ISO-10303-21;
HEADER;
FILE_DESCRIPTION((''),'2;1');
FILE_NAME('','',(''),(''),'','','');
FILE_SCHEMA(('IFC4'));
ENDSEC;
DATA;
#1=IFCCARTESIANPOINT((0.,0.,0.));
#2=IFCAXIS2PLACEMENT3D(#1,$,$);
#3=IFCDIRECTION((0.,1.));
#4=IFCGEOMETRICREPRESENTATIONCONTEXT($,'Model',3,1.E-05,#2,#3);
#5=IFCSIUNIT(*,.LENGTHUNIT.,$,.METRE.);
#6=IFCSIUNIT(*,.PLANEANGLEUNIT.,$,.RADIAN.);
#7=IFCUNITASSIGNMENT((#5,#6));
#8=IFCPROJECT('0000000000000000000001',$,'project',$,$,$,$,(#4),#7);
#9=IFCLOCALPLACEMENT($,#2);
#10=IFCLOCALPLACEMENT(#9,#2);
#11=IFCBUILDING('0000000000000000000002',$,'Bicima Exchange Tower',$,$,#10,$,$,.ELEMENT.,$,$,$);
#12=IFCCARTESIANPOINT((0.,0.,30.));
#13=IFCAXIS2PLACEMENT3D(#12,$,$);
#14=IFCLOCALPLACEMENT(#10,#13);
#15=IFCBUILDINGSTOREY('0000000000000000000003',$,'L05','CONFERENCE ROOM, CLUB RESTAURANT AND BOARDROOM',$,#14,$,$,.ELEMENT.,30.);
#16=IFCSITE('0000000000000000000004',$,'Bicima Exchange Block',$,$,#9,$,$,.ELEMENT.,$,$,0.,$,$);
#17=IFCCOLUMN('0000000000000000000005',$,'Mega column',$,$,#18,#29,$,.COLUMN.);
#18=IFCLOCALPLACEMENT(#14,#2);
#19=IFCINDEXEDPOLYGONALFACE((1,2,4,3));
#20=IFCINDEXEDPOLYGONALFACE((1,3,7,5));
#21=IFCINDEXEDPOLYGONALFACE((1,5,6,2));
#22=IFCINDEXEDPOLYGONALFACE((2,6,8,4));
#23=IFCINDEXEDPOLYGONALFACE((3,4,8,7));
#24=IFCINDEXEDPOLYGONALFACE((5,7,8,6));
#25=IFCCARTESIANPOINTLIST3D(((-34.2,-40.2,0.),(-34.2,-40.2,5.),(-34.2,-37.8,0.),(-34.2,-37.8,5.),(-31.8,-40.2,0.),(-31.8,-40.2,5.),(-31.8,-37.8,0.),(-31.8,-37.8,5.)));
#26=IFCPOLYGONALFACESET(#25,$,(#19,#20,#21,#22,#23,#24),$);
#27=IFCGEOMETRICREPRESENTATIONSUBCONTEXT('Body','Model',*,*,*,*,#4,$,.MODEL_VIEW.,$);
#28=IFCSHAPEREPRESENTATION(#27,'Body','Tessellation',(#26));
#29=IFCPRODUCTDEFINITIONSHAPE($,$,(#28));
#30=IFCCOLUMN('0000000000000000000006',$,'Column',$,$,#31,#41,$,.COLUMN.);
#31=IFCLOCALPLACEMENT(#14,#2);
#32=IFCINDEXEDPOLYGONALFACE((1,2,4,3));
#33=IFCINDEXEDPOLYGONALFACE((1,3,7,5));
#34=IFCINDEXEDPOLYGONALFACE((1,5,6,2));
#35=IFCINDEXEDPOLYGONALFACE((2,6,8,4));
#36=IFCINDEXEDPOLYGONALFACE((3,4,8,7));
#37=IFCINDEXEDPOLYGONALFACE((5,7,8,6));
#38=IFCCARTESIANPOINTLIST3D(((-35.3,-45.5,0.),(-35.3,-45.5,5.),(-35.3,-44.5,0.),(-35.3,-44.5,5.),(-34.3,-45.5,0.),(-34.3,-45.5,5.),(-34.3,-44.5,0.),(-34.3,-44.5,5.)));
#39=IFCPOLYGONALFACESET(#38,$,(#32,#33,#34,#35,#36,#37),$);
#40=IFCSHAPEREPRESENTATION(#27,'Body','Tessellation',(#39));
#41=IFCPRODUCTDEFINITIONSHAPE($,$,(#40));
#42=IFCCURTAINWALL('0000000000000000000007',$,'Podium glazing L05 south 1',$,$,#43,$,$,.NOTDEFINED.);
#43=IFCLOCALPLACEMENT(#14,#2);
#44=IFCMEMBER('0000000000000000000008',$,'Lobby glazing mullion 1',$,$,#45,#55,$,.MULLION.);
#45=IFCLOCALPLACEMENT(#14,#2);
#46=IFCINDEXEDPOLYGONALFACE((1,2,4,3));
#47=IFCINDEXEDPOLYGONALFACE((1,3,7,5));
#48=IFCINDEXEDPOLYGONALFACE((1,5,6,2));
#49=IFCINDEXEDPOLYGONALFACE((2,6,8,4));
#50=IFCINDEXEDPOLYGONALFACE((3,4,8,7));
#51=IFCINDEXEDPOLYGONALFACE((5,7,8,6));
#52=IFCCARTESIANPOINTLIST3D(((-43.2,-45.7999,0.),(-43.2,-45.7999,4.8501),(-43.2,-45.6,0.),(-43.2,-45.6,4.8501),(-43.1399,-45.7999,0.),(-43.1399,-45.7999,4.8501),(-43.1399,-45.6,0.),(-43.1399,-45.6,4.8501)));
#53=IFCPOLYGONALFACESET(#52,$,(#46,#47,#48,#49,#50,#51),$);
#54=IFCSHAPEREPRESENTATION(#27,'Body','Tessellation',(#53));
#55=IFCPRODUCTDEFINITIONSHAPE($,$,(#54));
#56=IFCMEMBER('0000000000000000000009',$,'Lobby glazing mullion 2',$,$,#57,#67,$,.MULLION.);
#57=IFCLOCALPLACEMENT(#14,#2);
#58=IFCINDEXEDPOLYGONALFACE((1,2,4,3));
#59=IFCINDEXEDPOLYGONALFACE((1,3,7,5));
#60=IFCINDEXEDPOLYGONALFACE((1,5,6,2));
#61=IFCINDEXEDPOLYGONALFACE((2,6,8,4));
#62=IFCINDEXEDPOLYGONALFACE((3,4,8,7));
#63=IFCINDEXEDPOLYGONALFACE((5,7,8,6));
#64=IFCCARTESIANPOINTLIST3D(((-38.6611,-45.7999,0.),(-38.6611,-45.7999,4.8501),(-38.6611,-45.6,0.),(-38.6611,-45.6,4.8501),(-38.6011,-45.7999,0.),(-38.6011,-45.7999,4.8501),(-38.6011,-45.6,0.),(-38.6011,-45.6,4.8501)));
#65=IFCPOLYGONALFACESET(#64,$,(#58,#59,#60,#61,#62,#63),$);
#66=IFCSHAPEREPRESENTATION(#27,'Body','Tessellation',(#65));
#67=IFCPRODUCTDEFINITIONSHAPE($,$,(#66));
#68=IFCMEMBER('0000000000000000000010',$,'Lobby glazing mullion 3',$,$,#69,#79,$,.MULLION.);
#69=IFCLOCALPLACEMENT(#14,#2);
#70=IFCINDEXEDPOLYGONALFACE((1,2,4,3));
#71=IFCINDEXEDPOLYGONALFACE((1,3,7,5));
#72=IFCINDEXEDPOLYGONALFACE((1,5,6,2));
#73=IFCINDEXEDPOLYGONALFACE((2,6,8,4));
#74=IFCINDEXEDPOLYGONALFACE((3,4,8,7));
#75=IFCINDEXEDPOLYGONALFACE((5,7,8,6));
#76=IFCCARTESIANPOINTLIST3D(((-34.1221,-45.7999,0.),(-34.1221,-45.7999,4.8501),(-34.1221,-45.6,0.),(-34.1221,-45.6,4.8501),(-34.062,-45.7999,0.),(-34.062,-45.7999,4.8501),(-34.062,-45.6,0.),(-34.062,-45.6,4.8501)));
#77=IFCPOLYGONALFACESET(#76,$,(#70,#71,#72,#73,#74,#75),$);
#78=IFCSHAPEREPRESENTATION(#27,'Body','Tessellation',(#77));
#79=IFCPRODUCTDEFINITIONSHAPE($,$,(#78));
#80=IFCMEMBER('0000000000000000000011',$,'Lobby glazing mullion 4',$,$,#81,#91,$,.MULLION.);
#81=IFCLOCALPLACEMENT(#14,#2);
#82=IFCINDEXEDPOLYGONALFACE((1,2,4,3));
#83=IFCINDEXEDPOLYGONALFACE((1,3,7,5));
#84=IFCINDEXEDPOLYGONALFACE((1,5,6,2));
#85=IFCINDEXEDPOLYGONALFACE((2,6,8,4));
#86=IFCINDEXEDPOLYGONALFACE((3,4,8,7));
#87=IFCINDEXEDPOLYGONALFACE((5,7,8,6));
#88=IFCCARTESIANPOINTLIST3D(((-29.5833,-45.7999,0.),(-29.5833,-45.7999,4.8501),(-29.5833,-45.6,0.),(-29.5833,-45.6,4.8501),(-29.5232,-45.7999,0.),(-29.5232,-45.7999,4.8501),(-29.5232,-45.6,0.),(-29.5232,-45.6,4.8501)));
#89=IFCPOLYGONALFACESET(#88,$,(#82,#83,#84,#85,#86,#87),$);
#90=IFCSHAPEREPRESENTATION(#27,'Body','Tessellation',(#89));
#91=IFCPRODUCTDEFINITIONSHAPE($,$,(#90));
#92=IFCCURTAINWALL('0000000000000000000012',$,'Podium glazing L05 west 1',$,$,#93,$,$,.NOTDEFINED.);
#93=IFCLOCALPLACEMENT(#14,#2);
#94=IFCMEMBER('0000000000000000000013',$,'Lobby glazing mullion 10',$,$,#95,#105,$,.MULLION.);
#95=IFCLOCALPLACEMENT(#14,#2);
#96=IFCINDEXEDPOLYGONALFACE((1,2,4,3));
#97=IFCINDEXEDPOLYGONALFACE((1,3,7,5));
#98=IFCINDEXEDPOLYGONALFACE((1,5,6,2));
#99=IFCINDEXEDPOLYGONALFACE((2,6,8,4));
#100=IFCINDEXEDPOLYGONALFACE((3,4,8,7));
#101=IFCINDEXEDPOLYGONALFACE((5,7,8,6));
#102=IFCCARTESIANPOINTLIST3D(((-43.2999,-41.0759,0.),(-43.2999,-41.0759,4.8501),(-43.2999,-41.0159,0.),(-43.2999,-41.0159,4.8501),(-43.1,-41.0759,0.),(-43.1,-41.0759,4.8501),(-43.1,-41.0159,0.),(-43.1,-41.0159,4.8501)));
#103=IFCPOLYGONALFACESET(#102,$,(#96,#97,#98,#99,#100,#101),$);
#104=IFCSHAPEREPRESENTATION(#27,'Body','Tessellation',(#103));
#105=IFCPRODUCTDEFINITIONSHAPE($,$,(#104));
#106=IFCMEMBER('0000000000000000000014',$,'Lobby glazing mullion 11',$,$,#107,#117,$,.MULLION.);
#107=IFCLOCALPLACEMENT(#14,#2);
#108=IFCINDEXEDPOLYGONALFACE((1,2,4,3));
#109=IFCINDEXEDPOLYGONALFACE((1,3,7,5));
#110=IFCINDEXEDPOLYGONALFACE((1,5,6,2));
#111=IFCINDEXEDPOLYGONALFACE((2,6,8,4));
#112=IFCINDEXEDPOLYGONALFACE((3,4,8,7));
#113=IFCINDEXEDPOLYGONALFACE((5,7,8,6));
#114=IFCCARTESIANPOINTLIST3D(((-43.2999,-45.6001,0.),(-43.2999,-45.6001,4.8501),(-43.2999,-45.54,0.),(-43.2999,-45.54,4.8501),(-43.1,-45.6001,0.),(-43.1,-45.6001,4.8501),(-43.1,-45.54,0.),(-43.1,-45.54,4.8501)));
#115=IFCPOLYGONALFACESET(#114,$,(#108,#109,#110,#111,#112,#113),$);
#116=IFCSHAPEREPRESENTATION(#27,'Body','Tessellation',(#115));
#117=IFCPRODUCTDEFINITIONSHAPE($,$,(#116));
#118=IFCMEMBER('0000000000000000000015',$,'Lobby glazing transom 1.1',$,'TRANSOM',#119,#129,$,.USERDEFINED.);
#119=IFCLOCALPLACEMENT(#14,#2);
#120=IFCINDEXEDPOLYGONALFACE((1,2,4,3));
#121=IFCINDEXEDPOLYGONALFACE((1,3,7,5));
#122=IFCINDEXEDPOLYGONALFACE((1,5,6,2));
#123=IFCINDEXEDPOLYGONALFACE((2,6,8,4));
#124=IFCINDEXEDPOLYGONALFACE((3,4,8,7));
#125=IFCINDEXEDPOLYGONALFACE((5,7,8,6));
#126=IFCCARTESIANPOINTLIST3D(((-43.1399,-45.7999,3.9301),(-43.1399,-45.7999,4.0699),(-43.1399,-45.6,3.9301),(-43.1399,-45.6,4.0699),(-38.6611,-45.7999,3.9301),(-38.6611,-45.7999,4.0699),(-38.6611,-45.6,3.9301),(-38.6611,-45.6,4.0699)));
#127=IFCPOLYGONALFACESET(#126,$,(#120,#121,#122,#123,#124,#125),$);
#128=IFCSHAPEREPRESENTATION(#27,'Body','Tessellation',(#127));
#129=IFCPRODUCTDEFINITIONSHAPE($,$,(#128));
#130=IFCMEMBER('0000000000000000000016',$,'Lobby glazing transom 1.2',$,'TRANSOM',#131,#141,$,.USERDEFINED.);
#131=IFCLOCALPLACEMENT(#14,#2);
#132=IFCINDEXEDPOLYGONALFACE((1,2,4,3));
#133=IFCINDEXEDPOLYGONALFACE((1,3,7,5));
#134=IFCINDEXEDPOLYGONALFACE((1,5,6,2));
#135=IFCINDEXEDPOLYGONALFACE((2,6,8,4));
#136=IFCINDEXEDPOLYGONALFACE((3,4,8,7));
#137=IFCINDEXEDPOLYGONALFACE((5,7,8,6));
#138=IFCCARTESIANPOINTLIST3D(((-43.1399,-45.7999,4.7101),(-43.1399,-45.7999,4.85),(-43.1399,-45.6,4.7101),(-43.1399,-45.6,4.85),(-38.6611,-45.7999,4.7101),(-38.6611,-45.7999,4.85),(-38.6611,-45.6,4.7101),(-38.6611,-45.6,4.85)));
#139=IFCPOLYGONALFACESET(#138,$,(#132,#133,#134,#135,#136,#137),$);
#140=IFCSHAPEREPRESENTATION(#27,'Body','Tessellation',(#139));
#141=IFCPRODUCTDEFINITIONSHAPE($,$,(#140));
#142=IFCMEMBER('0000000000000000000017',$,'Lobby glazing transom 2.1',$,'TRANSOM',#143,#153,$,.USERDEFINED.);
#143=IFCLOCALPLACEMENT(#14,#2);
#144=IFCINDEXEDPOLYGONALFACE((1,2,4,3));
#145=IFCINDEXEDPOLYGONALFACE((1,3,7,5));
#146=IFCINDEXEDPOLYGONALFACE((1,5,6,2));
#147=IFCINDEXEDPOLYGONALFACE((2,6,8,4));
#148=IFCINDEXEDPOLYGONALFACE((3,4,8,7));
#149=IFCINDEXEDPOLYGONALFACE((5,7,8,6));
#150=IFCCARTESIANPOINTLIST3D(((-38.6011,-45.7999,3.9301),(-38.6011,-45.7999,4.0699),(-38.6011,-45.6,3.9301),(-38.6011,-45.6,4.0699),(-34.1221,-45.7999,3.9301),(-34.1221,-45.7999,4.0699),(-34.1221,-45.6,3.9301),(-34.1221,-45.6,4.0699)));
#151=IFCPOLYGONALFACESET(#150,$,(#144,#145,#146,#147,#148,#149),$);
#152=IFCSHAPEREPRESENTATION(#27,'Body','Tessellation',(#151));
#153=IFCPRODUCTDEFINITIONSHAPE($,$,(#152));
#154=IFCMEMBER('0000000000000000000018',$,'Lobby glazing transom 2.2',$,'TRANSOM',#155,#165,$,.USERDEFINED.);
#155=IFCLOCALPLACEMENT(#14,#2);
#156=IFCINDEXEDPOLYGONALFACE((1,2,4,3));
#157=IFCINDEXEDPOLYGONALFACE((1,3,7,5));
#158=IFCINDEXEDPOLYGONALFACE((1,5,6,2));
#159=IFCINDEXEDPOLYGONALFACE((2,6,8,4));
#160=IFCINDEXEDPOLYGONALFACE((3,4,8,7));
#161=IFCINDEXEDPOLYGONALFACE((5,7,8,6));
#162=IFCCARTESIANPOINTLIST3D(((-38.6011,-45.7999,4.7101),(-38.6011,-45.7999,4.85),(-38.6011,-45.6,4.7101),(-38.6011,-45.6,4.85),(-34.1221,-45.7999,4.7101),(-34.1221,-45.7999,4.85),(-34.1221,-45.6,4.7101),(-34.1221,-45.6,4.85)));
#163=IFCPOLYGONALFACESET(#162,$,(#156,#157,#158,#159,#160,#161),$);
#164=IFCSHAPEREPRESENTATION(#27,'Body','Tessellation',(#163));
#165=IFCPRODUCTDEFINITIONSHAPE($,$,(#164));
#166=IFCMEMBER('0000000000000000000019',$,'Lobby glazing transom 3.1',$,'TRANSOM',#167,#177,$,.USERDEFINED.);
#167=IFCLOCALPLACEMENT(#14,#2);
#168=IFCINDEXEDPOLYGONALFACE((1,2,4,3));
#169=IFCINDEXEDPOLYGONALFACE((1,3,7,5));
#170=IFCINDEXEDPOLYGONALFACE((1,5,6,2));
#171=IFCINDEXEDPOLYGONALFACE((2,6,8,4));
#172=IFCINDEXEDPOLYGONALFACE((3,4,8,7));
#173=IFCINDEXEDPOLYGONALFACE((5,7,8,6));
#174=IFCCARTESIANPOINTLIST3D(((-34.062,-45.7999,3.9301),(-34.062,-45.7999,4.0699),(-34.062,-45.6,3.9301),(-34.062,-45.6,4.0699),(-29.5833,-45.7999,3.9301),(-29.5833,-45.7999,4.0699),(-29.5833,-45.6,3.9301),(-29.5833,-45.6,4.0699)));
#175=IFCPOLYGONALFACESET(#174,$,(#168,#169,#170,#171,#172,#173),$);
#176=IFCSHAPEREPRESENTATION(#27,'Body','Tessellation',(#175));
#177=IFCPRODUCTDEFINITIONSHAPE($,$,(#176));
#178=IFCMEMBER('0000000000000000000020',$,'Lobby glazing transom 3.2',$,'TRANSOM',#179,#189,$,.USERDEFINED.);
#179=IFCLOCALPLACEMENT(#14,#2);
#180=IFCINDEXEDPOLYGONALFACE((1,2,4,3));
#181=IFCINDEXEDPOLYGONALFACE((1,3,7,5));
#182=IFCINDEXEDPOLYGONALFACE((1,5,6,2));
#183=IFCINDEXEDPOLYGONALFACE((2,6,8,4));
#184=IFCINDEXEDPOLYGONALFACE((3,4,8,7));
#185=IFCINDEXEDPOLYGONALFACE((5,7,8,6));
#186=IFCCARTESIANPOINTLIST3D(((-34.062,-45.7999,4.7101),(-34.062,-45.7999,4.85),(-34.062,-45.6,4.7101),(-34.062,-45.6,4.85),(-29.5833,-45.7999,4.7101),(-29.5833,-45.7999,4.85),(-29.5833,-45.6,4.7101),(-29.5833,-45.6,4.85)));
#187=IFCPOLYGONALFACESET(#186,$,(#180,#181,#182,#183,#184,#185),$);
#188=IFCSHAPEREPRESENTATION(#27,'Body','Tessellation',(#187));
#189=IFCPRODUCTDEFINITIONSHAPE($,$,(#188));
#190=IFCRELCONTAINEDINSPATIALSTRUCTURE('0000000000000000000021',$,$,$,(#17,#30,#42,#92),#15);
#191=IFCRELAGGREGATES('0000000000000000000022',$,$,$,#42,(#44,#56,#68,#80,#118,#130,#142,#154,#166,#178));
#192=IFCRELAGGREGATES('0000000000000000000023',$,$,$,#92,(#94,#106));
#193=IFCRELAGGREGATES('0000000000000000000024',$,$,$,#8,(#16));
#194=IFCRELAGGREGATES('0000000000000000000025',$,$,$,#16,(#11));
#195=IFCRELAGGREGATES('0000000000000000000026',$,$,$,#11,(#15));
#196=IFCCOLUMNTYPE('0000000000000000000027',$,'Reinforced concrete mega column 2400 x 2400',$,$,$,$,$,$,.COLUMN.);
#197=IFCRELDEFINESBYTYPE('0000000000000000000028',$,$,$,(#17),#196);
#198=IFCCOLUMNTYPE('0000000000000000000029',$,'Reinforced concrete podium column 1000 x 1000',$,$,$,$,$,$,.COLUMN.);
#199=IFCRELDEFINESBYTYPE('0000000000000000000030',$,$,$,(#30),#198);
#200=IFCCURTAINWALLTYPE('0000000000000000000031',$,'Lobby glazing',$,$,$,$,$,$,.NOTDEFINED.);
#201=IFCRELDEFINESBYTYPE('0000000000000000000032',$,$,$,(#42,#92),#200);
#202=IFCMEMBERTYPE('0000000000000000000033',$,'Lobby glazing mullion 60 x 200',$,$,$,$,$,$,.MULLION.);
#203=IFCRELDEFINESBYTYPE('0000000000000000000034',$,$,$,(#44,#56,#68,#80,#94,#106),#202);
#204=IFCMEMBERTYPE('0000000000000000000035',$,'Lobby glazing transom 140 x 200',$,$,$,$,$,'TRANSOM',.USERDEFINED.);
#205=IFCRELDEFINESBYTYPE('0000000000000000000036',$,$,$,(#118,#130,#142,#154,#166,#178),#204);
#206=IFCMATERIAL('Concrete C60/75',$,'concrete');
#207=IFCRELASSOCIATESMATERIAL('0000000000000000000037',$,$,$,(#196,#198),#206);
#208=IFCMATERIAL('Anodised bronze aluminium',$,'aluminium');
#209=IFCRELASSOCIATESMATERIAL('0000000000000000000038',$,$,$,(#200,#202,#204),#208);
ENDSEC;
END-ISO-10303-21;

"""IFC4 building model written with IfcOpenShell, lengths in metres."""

from ifc_helpers import new_model, si_unit, direction, frame, origin, origin_2d, place, context, subcontext, project, spatial, rectangle, extrude, material, material_profile, profile_set, type_object, element, aggregate, save


model = new_model("IFC4")

# Units and contexts
model_context = context("Model", 3, precision=1e-05, world=origin(), true_north=direction((0.0, 1.0)))
body_context = subcontext(model_context, "Body", "Model", "MODEL_VIEW")
ifc_project = project(units=[si_unit("LENGTHUNIT", "METRE"), si_unit("PLANEANGLEUNIT", "RADIAN")], contexts=[model_context])

# Site, building, storey
site_placement = place(None, origin())
site = spatial("IfcSite", under=ifc_project, at=site_placement, Name="Bicima Exchange Block", CompositionType="ELEMENT", RefElevation=0.0)
building_placement = place(site_placement, origin())
building = spatial("IfcBuilding", under=site, at=building_placement, Name="Bicima Exchange Tower", CompositionType="ELEMENT")
storey_placement = place(building_placement, frame((0.0, 0.0, 30.0)))
storey = spatial("IfcBuildingStorey", under=building, at=storey_placement, Name="L05", Description="CONFERENCE ROOM, CLUB RESTAURANT AND BOARDROOM", CompositionType="ELEMENT", Elevation=30.0)

# Columns
ifc_material_1 = material(Name="Concrete C60/75", Category="concrete")
ifc_material_profile_1 = material_profile(ifc_material_1, rectangle(XDim=2.3999, YDim=2.3999, at=origin_2d()))
ifc_profile_set_1 = profile_set([ifc_material_profile_1], Name="Concrete C60/75")
column_type_1 = type_object("IfcColumnType", Name="Reinforced concrete mega column 2400 x 2400", PredefinedType="COLUMN", material=ifc_profile_set_1)
column_1_placement = place(storey_placement, frame((-33.0, -39.0, 0.0), z_axis=(0.0, 0.0, 1.0), x_axis=(1.0, 0.0, 0.0)))
element("IfcColumn", 1, at=column_1_placement, inside=storey, type_object=column_type_1, Name="Mega column", PredefinedType="COLUMN", context=body_context, shape_type="SweptSolid", body=[
    extrude(rectangle(XDim=2.3999, YDim=2.3999, at=origin_2d()), origin(), (0.0, 0.0, 1.0), 5.0),
])
ifc_material_profile_2 = material_profile(ifc_material_1, rectangle(XDim=1.0, YDim=1.0, at=origin_2d()))
ifc_profile_set_2 = profile_set([ifc_material_profile_2], Name="Concrete C60/75")
column_type_2 = type_object("IfcColumnType", Name="Reinforced concrete podium column 1000 x 1000", PredefinedType="COLUMN", material=ifc_profile_set_2)
column_2_placement = place(storey_placement, frame((-34.8, -45.0, 0.0), z_axis=(0.0, 0.0, 1.0), x_axis=(1.0, 0.0, 0.0)))
element("IfcColumn", 2, at=column_2_placement, inside=storey, type_object=column_type_2, Name="Column", PredefinedType="COLUMN", context=body_context, shape_type="SweptSolid", body=[
    extrude(rectangle(XDim=1.0, YDim=1.0, at=origin_2d()), origin(), (0.0, 0.0, 1.0), 5.0),
])

# Curtain walls, members
ifc_material_2 = material(Name="Anodised bronze aluminium", Category="aluminium")
curtain_wall_type = type_object("IfcCurtainWallType", Name="Lobby glazing", PredefinedType="NOTDEFINED", material=ifc_material_2)
curtain_wall_1_placement = place(storey_placement, origin())
curtain_wall_1 = element("IfcCurtainWall", 3, at=curtain_wall_1_placement, inside=storey, type_object=curtain_wall_type, Name="Podium glazing L05 south 1", PredefinedType="NOTDEFINED")
ifc_material_profile_3 = material_profile(ifc_material_2, rectangle(XDim=0.2, YDim=0.0601, at=origin_2d()))
ifc_profile_set_3 = profile_set([ifc_material_profile_3], Name="Anodised bronze aluminium")
member_type_1 = type_object("IfcMemberType", Name="Lobby glazing mullion 60 x 200", PredefinedType="MULLION", material=ifc_profile_set_3)
member_1_placement = place(storey_placement, frame((-43.1699, -45.7, 0.0), z_axis=(0.0, 0.0, 1.0), x_axis=(0.0, 1.0, 0.0)))
member_1 = element("IfcMember", 4, at=member_1_placement, type_object=member_type_1, Name="Lobby glazing mullion 1", PredefinedType="MULLION", context=body_context, shape_type="SweptSolid", body=[
    extrude(rectangle(XDim=0.2, YDim=0.0601, at=origin_2d()), origin(), (0.0, 0.0, 1.0), 4.8501),
])
member_2_placement = place(storey_placement, frame((-38.6311, -45.7, 0.0), z_axis=(0.0, 0.0, 1.0), x_axis=(0.0, 1.0, 0.0)))
member_2 = element("IfcMember", 5, at=member_2_placement, type_object=member_type_1, Name="Lobby glazing mullion 2", PredefinedType="MULLION", context=body_context, shape_type="SweptSolid", body=[
    extrude(rectangle(XDim=0.2, YDim=0.0601, at=origin_2d()), origin(), (0.0, 0.0, 1.0), 4.8501),
])
member_3_placement = place(storey_placement, frame((-34.092, -45.7, 0.0), z_axis=(0.0, 0.0, 1.0), x_axis=(0.0, 1.0, 0.0)))
member_3 = element("IfcMember", 6, at=member_3_placement, type_object=member_type_1, Name="Lobby glazing mullion 3", PredefinedType="MULLION", context=body_context, shape_type="SweptSolid", body=[
    extrude(rectangle(XDim=0.2, YDim=0.0601, at=origin_2d()), origin(), (0.0, 0.0, 1.0), 4.8501),
])
member_4_placement = place(storey_placement, frame((-29.5532, -45.7, 0.0), z_axis=(0.0, 0.0, 1.0), x_axis=(0.0, 1.0, 0.0)))
member_4 = element("IfcMember", 7, at=member_4_placement, type_object=member_type_1, Name="Lobby glazing mullion 4", PredefinedType="MULLION", context=body_context, shape_type="SweptSolid", body=[
    extrude(rectangle(XDim=0.2, YDim=0.0601, at=origin_2d()), origin(), (0.0, 0.0, 1.0), 4.8501),
])
curtain_wall_2_placement = place(storey_placement, origin())
curtain_wall_2 = element("IfcCurtainWall", 8, at=curtain_wall_2_placement, inside=storey, type_object=curtain_wall_type, Name="Podium glazing L05 west 1", PredefinedType="NOTDEFINED")
member_5_placement = place(storey_placement, frame((-43.2, -41.0459, 0.0), z_axis=(0.0, 0.0, 1.0), x_axis=(1.0, 0.0, 0.0)))
member_5 = element("IfcMember", 9, at=member_5_placement, type_object=member_type_1, Name="Lobby glazing mullion 10", PredefinedType="MULLION", context=body_context, shape_type="SweptSolid", body=[
    extrude(rectangle(XDim=0.2, YDim=0.0601, at=origin_2d()), origin(), (0.0, 0.0, 1.0), 4.8501),
])
member_6_placement = place(storey_placement, frame((-43.2, -45.5701, 0.0), z_axis=(0.0, 0.0, 1.0), x_axis=(1.0, 0.0, 0.0)))
member_6 = element("IfcMember", 10, at=member_6_placement, type_object=member_type_1, Name="Lobby glazing mullion 11", PredefinedType="MULLION", context=body_context, shape_type="SweptSolid", body=[
    extrude(rectangle(XDim=0.2, YDim=0.0601, at=origin_2d()), origin(), (0.0, 0.0, 1.0), 4.8501),
])

# Members
ifc_material_profile_4 = material_profile(ifc_material_2, rectangle(XDim=0.2, YDim=0.1399, at=origin_2d()))
ifc_profile_set_4 = profile_set([ifc_material_profile_4], Name="Anodised bronze aluminium")
member_type_2 = type_object("IfcMemberType", Name="Lobby glazing transom 140 x 200", ElementType="TRANSOM", PredefinedType="USERDEFINED", material=ifc_profile_set_4)
member_7_placement = place(storey_placement, frame((-43.1399, -45.7, 4.0), z_axis=(1.0, 0.0, 0.0), x_axis=(0.0, 1.0, 0.0)))
member_7 = element("IfcMember", 11, at=member_7_placement, type_object=member_type_2, Name="Lobby glazing transom 1.1", ObjectType="TRANSOM", PredefinedType="USERDEFINED", context=body_context, shape_type="SweptSolid", body=[
    extrude(rectangle(XDim=0.2, YDim=0.1399, at=origin_2d()), origin(), (0.0, 0.0, 1.0), 4.4788),
])
member_8_placement = place(storey_placement, frame((-43.1399, -45.7, 4.78), z_axis=(1.0, 0.0, 0.0), x_axis=(0.0, 1.0, 0.0)))
member_8 = element("IfcMember", 12, at=member_8_placement, type_object=member_type_2, Name="Lobby glazing transom 1.2", ObjectType="TRANSOM", PredefinedType="USERDEFINED", context=body_context, shape_type="SweptSolid", body=[
    extrude(rectangle(XDim=0.2, YDim=0.1399, at=origin_2d()), origin(), (0.0, 0.0, 1.0), 4.4788),
])
member_9_placement = place(storey_placement, frame((-38.6011, -45.7, 4.0), z_axis=(1.0, 0.0, 0.0), x_axis=(0.0, 1.0, 0.0)))
member_9 = element("IfcMember", 13, at=member_9_placement, type_object=member_type_2, Name="Lobby glazing transom 2.1", ObjectType="TRANSOM", PredefinedType="USERDEFINED", context=body_context, shape_type="SweptSolid", body=[
    extrude(rectangle(XDim=0.2, YDim=0.1399, at=origin_2d()), origin(), (0.0, 0.0, 1.0), 4.479),
])
member_10_placement = place(storey_placement, frame((-38.6011, -45.7, 4.78), z_axis=(1.0, 0.0, 0.0), x_axis=(0.0, 1.0, 0.0)))
member_10 = element("IfcMember", 14, at=member_10_placement, type_object=member_type_2, Name="Lobby glazing transom 2.2", ObjectType="TRANSOM", PredefinedType="USERDEFINED", context=body_context, shape_type="SweptSolid", body=[
    extrude(rectangle(XDim=0.2, YDim=0.1399, at=origin_2d()), origin(), (0.0, 0.0, 1.0), 4.479),
])
member_11_placement = place(storey_placement, frame((-34.062, -45.7, 4.0), z_axis=(1.0, 0.0, 0.0), x_axis=(0.0, 1.0, 0.0)))
member_11 = element("IfcMember", 15, at=member_11_placement, type_object=member_type_2, Name="Lobby glazing transom 3.1", ObjectType="TRANSOM", PredefinedType="USERDEFINED", context=body_context, shape_type="SweptSolid", body=[
    extrude(rectangle(XDim=0.2, YDim=0.1399, at=origin_2d()), origin(), (0.0, 0.0, 1.0), 4.4788),
])
member_12_placement = place(storey_placement, frame((-34.062, -45.7, 4.78), z_axis=(1.0, 0.0, 0.0), x_axis=(0.0, 1.0, 0.0)))
member_12 = element("IfcMember", 16, at=member_12_placement, type_object=member_type_2, Name="Lobby glazing transom 3.2", ObjectType="TRANSOM", PredefinedType="USERDEFINED", context=body_context, shape_type="SweptSolid", body=[
    extrude(rectangle(XDim=0.2, YDim=0.1399, at=origin_2d()), origin(), (0.0, 0.0, 1.0), 4.4788),
])

aggregate(curtain_wall_1, [member_1, member_2, member_3, member_4, member_7, member_8, member_9, member_10, member_11, member_12])
aggregate(curtain_wall_2, [member_5, member_6])

save(model, "model.ifc")
